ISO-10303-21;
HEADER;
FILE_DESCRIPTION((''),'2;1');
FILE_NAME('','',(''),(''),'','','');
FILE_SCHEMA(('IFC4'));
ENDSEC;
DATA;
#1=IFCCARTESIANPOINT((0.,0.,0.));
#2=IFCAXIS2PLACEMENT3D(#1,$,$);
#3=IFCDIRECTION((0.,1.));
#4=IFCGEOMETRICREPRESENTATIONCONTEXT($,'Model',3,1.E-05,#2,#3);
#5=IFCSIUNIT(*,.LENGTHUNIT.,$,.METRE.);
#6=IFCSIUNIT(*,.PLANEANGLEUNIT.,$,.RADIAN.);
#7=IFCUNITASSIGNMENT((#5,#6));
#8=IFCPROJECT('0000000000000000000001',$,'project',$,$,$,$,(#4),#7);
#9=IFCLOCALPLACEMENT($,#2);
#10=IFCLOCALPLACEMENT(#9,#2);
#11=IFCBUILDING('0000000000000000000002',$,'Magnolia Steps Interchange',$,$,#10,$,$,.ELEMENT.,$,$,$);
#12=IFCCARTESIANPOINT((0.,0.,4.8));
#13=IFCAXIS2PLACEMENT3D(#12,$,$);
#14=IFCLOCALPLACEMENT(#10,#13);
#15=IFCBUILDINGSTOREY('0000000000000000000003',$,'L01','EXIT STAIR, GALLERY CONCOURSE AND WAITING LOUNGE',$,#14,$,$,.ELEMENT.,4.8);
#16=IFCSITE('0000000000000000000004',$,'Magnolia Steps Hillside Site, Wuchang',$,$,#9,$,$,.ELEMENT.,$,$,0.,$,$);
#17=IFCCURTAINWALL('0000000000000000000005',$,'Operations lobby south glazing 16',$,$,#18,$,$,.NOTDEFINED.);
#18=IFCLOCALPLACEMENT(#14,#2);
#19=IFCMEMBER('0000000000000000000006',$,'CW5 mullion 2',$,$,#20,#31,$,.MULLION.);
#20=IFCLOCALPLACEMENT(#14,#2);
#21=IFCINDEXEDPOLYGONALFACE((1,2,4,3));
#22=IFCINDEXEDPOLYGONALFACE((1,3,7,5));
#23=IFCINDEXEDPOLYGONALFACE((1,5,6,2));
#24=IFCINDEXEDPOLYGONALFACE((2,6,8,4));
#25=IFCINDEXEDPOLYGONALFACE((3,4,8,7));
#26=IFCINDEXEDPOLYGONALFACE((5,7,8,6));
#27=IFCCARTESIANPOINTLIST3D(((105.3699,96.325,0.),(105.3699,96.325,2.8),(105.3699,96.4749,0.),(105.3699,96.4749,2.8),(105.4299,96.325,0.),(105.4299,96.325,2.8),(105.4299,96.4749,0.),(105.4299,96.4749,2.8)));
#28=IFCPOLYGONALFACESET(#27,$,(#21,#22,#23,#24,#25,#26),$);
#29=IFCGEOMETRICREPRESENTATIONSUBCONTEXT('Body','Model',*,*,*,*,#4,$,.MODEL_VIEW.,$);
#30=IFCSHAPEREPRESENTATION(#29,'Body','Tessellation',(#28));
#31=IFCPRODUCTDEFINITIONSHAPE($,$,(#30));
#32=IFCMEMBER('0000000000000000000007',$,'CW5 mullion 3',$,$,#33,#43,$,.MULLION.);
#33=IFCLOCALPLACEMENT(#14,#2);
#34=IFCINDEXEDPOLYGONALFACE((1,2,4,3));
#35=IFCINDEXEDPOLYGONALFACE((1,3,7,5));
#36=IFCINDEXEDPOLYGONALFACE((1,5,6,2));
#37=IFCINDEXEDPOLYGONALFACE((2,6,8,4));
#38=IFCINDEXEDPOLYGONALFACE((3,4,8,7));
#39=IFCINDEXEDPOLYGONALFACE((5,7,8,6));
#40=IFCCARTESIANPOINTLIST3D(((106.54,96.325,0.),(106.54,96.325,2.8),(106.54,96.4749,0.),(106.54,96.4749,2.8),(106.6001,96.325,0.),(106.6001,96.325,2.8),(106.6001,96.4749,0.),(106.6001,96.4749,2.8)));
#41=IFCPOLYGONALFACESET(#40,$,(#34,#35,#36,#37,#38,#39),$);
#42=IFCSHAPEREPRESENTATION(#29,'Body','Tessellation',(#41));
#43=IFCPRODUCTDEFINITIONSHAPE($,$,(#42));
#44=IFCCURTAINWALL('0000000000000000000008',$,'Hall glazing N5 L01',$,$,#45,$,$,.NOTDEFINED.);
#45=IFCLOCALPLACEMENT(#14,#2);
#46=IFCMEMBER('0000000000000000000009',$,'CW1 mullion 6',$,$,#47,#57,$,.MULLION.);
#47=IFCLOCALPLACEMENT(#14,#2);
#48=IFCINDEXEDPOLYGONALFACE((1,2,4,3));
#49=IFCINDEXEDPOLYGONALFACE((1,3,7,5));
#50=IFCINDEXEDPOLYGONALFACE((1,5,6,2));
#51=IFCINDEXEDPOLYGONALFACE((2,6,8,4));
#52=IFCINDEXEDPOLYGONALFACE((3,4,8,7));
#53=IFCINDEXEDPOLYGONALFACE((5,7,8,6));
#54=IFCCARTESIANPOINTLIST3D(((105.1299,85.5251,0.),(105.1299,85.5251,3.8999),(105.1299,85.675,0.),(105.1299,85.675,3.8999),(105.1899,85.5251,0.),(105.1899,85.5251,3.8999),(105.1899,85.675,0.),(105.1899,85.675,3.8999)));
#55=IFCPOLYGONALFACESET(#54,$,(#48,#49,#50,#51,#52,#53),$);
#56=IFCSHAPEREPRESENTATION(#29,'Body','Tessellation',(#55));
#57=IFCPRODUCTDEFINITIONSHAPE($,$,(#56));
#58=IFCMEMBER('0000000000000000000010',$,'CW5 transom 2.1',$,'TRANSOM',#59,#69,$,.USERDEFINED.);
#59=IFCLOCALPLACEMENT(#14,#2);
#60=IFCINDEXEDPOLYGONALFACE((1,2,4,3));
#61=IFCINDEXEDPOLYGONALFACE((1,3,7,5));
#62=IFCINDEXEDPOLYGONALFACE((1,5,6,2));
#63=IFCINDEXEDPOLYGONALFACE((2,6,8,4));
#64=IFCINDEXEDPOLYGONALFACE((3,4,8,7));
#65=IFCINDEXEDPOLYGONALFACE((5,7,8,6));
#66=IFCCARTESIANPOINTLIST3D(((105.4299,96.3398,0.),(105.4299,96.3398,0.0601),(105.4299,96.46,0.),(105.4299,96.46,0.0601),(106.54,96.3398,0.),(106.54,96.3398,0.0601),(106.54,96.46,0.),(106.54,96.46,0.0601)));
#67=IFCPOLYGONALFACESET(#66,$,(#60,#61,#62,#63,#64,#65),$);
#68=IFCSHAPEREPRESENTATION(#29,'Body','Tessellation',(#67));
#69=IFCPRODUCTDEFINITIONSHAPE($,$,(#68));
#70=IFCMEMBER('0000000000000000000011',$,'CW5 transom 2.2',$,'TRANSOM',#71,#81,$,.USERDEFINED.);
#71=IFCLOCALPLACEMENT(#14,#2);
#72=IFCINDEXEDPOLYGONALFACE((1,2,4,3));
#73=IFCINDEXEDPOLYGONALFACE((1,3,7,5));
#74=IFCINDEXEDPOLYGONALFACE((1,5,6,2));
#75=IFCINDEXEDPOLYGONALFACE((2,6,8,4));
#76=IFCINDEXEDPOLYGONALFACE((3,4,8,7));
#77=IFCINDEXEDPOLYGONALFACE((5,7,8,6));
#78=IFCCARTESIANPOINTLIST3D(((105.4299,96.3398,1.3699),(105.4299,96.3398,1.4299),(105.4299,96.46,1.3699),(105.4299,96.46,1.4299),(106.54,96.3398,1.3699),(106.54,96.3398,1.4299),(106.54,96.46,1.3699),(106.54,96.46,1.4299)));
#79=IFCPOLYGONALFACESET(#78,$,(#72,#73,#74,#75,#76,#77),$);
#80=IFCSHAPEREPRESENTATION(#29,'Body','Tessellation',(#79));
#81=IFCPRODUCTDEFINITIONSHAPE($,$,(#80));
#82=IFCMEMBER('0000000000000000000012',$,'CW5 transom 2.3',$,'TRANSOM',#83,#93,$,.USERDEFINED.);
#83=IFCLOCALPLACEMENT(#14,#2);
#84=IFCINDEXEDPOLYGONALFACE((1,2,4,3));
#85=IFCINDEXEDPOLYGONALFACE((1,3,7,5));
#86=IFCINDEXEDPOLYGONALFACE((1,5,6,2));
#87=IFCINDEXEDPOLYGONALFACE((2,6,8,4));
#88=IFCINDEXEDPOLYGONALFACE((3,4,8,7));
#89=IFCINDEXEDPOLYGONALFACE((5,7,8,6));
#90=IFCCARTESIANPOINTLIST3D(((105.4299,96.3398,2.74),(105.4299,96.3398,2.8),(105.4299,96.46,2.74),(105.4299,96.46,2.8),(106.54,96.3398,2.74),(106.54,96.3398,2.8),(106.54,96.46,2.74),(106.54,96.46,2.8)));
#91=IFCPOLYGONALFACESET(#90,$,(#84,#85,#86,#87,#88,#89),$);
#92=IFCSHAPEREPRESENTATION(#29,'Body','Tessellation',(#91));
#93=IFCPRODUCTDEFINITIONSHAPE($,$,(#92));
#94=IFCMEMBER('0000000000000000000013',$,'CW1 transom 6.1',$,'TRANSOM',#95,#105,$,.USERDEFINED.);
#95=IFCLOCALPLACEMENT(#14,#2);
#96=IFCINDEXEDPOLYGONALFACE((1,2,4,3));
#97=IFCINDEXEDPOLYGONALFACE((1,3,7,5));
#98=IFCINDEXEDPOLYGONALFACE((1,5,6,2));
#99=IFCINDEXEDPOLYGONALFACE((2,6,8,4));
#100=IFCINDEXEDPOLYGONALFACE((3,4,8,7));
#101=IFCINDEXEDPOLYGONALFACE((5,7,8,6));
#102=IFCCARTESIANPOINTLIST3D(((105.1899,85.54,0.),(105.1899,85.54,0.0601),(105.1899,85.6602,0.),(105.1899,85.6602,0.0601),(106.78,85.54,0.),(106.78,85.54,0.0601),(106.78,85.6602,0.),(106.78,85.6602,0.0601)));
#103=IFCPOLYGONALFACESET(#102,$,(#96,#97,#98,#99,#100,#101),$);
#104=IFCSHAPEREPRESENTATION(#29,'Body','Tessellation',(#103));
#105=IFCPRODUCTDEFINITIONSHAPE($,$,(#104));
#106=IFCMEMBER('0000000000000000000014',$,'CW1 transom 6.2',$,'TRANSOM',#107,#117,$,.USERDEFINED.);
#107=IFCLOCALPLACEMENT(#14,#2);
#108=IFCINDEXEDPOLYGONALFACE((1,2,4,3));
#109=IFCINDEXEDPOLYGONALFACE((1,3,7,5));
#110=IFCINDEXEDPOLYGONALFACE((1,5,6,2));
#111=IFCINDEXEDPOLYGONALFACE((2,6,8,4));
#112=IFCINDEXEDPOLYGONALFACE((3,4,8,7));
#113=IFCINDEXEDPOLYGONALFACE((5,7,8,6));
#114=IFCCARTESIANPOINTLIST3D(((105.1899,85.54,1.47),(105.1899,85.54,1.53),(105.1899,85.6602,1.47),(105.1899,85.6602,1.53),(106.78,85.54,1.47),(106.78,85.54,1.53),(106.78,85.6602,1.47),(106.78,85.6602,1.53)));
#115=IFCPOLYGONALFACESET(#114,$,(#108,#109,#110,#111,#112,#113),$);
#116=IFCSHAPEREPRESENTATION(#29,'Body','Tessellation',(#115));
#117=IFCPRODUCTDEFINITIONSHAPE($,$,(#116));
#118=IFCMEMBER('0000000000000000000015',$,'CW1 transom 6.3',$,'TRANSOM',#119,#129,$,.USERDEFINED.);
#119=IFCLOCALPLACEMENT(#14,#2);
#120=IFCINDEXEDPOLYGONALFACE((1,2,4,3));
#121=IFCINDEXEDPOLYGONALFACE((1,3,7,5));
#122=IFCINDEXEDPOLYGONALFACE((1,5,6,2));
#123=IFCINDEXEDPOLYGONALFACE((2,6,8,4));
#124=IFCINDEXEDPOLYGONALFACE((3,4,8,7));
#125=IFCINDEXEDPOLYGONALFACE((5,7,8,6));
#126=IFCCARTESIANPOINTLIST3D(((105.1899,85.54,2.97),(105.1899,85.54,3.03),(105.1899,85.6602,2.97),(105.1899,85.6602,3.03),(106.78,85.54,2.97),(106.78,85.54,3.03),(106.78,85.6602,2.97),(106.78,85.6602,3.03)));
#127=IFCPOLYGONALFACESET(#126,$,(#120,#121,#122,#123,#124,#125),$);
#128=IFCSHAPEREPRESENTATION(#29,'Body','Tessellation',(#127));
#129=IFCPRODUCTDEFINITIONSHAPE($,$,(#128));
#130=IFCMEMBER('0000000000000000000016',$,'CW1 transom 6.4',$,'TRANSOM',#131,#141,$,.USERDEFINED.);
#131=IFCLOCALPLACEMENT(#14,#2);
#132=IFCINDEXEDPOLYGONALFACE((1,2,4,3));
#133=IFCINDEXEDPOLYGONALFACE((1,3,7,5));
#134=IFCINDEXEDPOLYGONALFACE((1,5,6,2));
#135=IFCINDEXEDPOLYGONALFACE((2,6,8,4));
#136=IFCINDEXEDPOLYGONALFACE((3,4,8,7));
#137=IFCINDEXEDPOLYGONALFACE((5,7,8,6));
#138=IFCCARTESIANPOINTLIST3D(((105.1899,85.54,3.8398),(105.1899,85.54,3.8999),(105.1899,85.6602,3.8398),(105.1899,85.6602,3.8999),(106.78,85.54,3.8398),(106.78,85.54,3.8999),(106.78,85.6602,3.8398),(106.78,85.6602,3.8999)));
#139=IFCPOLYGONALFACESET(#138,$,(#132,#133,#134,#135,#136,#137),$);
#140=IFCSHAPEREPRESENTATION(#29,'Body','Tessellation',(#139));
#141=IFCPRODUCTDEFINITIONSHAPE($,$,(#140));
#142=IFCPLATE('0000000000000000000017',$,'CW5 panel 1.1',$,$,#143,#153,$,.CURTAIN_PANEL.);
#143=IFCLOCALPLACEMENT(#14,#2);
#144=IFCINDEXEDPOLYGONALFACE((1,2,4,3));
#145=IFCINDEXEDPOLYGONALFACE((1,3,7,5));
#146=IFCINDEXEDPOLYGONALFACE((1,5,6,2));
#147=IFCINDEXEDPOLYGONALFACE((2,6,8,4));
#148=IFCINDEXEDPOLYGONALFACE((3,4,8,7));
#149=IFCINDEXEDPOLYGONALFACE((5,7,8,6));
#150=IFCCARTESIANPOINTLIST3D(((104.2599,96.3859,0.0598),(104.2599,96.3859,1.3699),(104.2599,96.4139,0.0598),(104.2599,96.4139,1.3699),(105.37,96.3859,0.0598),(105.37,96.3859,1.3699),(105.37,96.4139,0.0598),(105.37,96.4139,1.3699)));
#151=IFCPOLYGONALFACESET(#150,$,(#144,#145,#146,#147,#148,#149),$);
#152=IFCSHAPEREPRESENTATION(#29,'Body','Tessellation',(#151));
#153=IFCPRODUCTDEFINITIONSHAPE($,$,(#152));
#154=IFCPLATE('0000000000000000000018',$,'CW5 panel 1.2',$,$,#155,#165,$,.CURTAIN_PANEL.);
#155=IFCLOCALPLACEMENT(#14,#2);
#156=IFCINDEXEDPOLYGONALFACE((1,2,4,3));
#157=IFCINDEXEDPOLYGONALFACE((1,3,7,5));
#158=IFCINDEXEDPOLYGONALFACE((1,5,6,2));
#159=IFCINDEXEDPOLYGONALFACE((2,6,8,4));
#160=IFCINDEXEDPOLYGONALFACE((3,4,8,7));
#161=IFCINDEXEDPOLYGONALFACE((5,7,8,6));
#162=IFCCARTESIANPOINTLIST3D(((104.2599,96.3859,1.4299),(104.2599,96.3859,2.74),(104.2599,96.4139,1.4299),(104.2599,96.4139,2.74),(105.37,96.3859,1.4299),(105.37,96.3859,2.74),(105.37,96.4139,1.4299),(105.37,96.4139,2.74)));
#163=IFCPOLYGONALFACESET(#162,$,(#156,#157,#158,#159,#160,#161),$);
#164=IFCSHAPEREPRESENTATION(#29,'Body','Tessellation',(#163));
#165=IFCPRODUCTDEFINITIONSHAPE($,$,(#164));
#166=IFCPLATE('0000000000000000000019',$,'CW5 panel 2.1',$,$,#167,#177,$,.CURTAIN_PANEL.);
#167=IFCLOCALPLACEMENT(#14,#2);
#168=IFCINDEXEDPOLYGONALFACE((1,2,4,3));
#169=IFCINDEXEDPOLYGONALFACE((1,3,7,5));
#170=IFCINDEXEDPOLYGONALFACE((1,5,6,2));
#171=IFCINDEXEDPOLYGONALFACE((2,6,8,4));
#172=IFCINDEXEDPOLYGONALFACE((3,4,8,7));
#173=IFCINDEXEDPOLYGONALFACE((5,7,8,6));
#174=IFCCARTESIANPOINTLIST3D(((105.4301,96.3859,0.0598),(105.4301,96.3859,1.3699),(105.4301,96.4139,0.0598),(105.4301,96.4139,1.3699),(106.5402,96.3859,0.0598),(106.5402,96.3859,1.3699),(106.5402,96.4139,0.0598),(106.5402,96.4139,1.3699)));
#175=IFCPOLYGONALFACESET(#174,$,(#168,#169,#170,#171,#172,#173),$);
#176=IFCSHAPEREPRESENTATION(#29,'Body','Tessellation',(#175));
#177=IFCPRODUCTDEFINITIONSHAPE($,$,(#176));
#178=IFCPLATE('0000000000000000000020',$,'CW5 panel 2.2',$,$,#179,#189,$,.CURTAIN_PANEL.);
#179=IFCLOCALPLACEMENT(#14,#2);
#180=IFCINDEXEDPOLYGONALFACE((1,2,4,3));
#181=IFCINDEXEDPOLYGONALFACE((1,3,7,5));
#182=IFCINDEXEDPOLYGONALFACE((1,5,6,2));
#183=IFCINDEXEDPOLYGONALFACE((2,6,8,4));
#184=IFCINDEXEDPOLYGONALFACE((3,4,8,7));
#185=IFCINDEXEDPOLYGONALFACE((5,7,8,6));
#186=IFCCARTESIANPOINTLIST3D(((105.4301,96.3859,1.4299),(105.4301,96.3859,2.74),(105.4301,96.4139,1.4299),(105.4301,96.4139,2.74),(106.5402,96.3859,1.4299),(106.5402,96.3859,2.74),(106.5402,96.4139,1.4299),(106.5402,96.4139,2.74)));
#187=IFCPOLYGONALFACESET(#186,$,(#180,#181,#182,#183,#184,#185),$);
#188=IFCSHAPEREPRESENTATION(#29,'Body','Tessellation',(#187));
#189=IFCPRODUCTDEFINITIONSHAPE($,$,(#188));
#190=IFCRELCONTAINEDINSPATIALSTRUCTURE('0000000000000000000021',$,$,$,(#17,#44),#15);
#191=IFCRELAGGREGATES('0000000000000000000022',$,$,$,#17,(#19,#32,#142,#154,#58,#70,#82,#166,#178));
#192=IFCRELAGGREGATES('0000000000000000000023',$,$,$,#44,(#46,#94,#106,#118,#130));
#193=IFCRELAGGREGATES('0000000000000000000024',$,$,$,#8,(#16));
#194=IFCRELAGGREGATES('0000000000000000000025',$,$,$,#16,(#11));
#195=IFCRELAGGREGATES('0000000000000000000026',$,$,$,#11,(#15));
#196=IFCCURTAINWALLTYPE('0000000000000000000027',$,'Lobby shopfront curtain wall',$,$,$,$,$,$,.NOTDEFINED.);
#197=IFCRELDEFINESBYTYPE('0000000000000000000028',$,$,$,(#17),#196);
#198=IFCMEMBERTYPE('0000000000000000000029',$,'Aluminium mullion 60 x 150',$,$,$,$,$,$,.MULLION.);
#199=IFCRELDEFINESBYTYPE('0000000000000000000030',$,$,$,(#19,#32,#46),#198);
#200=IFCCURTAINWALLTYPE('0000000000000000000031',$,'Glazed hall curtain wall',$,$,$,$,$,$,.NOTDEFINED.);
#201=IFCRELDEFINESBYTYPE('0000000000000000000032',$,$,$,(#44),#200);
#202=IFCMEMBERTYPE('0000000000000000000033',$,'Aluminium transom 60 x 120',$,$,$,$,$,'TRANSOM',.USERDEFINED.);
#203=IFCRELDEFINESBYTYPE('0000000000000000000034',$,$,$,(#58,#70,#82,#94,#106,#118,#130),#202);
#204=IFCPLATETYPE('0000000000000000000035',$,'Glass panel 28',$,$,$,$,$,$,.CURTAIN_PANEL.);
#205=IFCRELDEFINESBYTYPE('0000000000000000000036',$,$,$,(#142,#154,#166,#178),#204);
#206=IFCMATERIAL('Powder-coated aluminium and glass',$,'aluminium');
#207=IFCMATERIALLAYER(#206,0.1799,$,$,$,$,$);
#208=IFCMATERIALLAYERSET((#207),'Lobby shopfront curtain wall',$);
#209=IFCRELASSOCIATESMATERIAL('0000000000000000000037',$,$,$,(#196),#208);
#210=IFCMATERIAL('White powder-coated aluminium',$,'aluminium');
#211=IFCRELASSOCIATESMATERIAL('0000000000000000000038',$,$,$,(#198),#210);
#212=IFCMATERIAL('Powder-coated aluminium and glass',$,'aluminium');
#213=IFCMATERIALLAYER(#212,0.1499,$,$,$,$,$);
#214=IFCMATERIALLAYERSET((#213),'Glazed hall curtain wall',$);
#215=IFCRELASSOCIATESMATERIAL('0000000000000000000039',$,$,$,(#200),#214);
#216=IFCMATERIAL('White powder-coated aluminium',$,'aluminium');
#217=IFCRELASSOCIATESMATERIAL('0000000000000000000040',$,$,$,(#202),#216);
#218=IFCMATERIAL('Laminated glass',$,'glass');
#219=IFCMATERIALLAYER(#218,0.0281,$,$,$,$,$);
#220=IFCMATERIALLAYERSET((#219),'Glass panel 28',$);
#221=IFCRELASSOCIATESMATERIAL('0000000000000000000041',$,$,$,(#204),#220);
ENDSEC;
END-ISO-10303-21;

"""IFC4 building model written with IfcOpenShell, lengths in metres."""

from ifc_helpers import new_model, si_unit, direction, frame, origin, origin_2d, place, context, subcontext, project, spatial, rectangle, extrude, material, layer, layer_set, material_profile, profile_set, type_object, element, aggregate, save


model = new_model("IFC4")

# Units and contexts
model_context = context("Model", 3, precision=1e-05, world=origin(), true_north=direction((0.0, 1.0)))
body_context = subcontext(model_context, "Body", "Model", "MODEL_VIEW")
ifc_project = project(units=[si_unit("LENGTHUNIT", "METRE"), si_unit("PLANEANGLEUNIT", "RADIAN")], contexts=[model_context])

# Site, building, storey
site_placement = place(None, origin())
site = spatial("IfcSite", under=ifc_project, at=site_placement, Name="Magnolia Steps Hillside Site, Wuchang", CompositionType="ELEMENT", RefElevation=0.0)
building_placement = place(site_placement, origin())
building = spatial("IfcBuilding", under=site, at=building_placement, Name="Magnolia Steps Interchange", CompositionType="ELEMENT")
storey_placement = place(building_placement, frame((0.0, 0.0, 4.8)))
storey = spatial("IfcBuildingStorey", under=building, at=storey_placement, Name="L01", Description="EXIT STAIR, GALLERY CONCOURSE AND WAITING LOUNGE", CompositionType="ELEMENT", Elevation=4.8)

# Curtain wall, members
ifc_material_1 = material(Name="Powder-coated aluminium and glass", Category="aluminium")
ifc_layer_1 = layer(ifc_material_1, 0.1799)
ifc_layer_set_1 = layer_set([ifc_layer_1], Name="Lobby shopfront curtain wall")
curtain_wall_type_1 = type_object("IfcCurtainWallType", Name="Lobby shopfront curtain wall", PredefinedType="NOTDEFINED", material=ifc_layer_set_1)
curtain_wall_1_placement = place(storey_placement, origin())
curtain_wall_1 = element("IfcCurtainWall", 1, at=curtain_wall_1_placement, inside=storey, type_object=curtain_wall_type_1, Name="Operations lobby south glazing 16", PredefinedType="NOTDEFINED")
ifc_material_2 = material(Name="White powder-coated aluminium", Category="aluminium")
ifc_material_profile_1 = material_profile(ifc_material_2, rectangle(XDim=0.0601, YDim=0.1499, at=origin_2d()), Name="Aluminium mullion 60 x 150")
ifc_profile_set_1 = profile_set([ifc_material_profile_1], Name="White powder-coated aluminium")
member_type_1 = type_object("IfcMemberType", Name="Aluminium mullion 60 x 150", PredefinedType="MULLION", material=ifc_profile_set_1)
member_1_placement = place(storey_placement, frame((105.3999, 96.3999, 0.0), z_axis=(0.0, 0.0, 1.0), x_axis=(1.0, 0.0, 0.0)))
member_1 = element("IfcMember", 2, at=member_1_placement, type_object=member_type_1, Name="CW5 mullion 2", PredefinedType="MULLION", context=body_context, shape_type="SweptSolid", body=[
    extrude(rectangle(XDim=0.0601, YDim=0.1499, at=origin_2d()), origin(), (0.0, 0.0, 1.0), 2.8),
])
member_2_placement = place(storey_placement, frame((106.5701, 96.3999, 0.0), z_axis=(0.0, 0.0, 1.0), x_axis=(1.0, 0.0, 0.0)))
member_2 = element("IfcMember", 3, at=member_2_placement, type_object=member_type_1, Name="CW5 mullion 3", PredefinedType="MULLION", context=body_context, shape_type="SweptSolid", body=[
    extrude(rectangle(XDim=0.0601, YDim=0.1499, at=origin_2d()), origin(), (0.0, 0.0, 1.0), 2.8),
])

# Curtain wall, member
ifc_material_3 = material(Name="Powder-coated aluminium and glass", Category="aluminium")
ifc_layer_2 = layer(ifc_material_3, 0.1499)
ifc_layer_set_2 = layer_set([ifc_layer_2], Name="Glazed hall curtain wall")
curtain_wall_type_2 = type_object("IfcCurtainWallType", Name="Glazed hall curtain wall", PredefinedType="NOTDEFINED", material=ifc_layer_set_2)
curtain_wall_2_placement = place(storey_placement, origin())
curtain_wall_2 = element("IfcCurtainWall", 4, at=curtain_wall_2_placement, inside=storey, type_object=curtain_wall_type_2, Name="Hall glazing N5 L01", PredefinedType="NOTDEFINED")
member_3_placement = place(storey_placement, frame((105.1599, 85.6001, 0.0), z_axis=(0.0, 0.0, 1.0), x_axis=(1.0, 0.0, 0.0)))
member_3 = element("IfcMember", 5, at=member_3_placement, type_object=member_type_1, Name="CW1 mullion 6", PredefinedType="MULLION", context=body_context, shape_type="SweptSolid", body=[
    extrude(rectangle(XDim=0.0601, YDim=0.1499, at=origin_2d()), origin(), (0.0, 0.0, 1.0), 3.8999),
])

# Members
ifc_material_4 = material(Name="White powder-coated aluminium", Category="aluminium")
ifc_material_profile_2 = material_profile(ifc_material_4, rectangle(XDim=0.0601, YDim=0.1201, at=origin_2d()), Name="Aluminium transom 60 x 120")
ifc_profile_set_2 = profile_set([ifc_material_profile_2], Name="White powder-coated aluminium")
member_type_2 = type_object("IfcMemberType", Name="Aluminium transom 60 x 120", ElementType="TRANSOM", PredefinedType="USERDEFINED", material=ifc_profile_set_2)
member_4_placement = place(storey_placement, frame((105.4299, 96.3999, 0.03), z_axis=(1.0, 0.0, 0.0), x_axis=(0.0, 0.0, 1.0)))
member_4 = element("IfcMember", 6, at=member_4_placement, type_object=member_type_2, Name="CW5 transom 2.1", ObjectType="TRANSOM", PredefinedType="USERDEFINED", context=body_context, shape_type="SweptSolid", body=[
    extrude(rectangle(XDim=0.0601, YDim=0.1201, at=origin_2d()), origin(), (0.0, 0.0, 1.0), 1.1101),
])
member_5_placement = place(storey_placement, frame((105.4299, 96.3999, 1.3999), z_axis=(1.0, 0.0, 0.0), x_axis=(0.0, 0.0, 1.0)))
member_5 = element("IfcMember", 7, at=member_5_placement, type_object=member_type_2, Name="CW5 transom 2.2", ObjectType="TRANSOM", PredefinedType="USERDEFINED", context=body_context, shape_type="SweptSolid", body=[
    extrude(rectangle(XDim=0.0601, YDim=0.1201, at=origin_2d()), origin(), (0.0, 0.0, 1.0), 1.1101),
])
member_6_placement = place(storey_placement, frame((105.4299, 96.3999, 2.77), z_axis=(1.0, 0.0, 0.0), x_axis=(0.0, 0.0, 1.0)))
member_6 = element("IfcMember", 8, at=member_6_placement, type_object=member_type_2, Name="CW5 transom 2.3", ObjectType="TRANSOM", PredefinedType="USERDEFINED", context=body_context, shape_type="SweptSolid", body=[
    extrude(rectangle(XDim=0.0601, YDim=0.1201, at=origin_2d()), origin(), (0.0, 0.0, 1.0), 1.1101),
])
member_7_placement = place(storey_placement, frame((105.1899, 85.6001, 0.03), z_axis=(1.0, 0.0, 0.0), x_axis=(0.0, 0.0, 1.0)))
member_7 = element("IfcMember", 9, at=member_7_placement, type_object=member_type_2, Name="CW1 transom 6.1", ObjectType="TRANSOM", PredefinedType="USERDEFINED", context=body_context, shape_type="SweptSolid", body=[
    extrude(rectangle(XDim=0.0601, YDim=0.1201, at=origin_2d()), origin(), (0.0, 0.0, 1.0), 1.5901),
])
member_8_placement = place(storey_placement, frame((105.1899, 85.6001, 1.5), z_axis=(1.0, 0.0, 0.0), x_axis=(0.0, 0.0, 1.0)))
member_8 = element("IfcMember", 10, at=member_8_placement, type_object=member_type_2, Name="CW1 transom 6.2", ObjectType="TRANSOM", PredefinedType="USERDEFINED", context=body_context, shape_type="SweptSolid", body=[
    extrude(rectangle(XDim=0.0601, YDim=0.1201, at=origin_2d()), origin(), (0.0, 0.0, 1.0), 1.5901),
])
member_9_placement = place(storey_placement, frame((105.1899, 85.6001, 3.0), z_axis=(1.0, 0.0, 0.0), x_axis=(0.0, 0.0, 1.0)))
member_9 = element("IfcMember", 11, at=member_9_placement, type_object=member_type_2, Name="CW1 transom 6.3", ObjectType="TRANSOM", PredefinedType="USERDEFINED", context=body_context, shape_type="SweptSolid", body=[
    extrude(rectangle(XDim=0.0601, YDim=0.1201, at=origin_2d()), origin(), (0.0, 0.0, 1.0), 1.5901),
])
member_10_placement = place(storey_placement, frame((105.1899, 85.6001, 3.8699), z_axis=(1.0, 0.0, 0.0), x_axis=(0.0, 0.0, 1.0)))
member_10 = element("IfcMember", 12, at=member_10_placement, type_object=member_type_2, Name="CW1 transom 6.4", ObjectType="TRANSOM", PredefinedType="USERDEFINED", context=body_context, shape_type="SweptSolid", body=[
    extrude(rectangle(XDim=0.0601, YDim=0.1201, at=origin_2d()), origin(), (0.0, 0.0, 1.0), 1.5901),
])

# Plates
ifc_material_5 = material(Name="Laminated glass", Category="glass")
ifc_layer_3 = layer(ifc_material_5, 0.0281)
ifc_layer_set_3 = layer_set([ifc_layer_3], Name="Glass panel 28")
plate_type = type_object("IfcPlateType", Name="Glass panel 28", PredefinedType="CURTAIN_PANEL", material=ifc_layer_set_3)
plate_1_placement = place(storey_placement, frame((104.8149, 96.3999, 0.0598), z_axis=(0.0, 0.0, 1.0), x_axis=(1.0, 0.0, 0.0)))
plate_1 = element("IfcPlate", 13, at=plate_1_placement, type_object=plate_type, Name="CW5 panel 1.1", PredefinedType="CURTAIN_PANEL", context=body_context, shape_type="SweptSolid", body=[
    extrude(rectangle(XDim=1.1101, YDim=0.0281, at=origin_2d()), origin(), (0.0, 0.0, 1.0), 1.3101),
])
plate_2_placement = place(storey_placement, frame((104.8149, 96.3999, 1.4299), z_axis=(0.0, 0.0, 1.0), x_axis=(1.0, 0.0, 0.0)))
plate_2 = element("IfcPlate", 14, at=plate_2_placement, type_object=plate_type, Name="CW5 panel 1.2", PredefinedType="CURTAIN_PANEL", context=body_context, shape_type="SweptSolid", body=[
    extrude(rectangle(XDim=1.1101, YDim=0.0281, at=origin_2d()), origin(), (0.0, 0.0, 1.0), 1.3101),
])
plate_3_placement = place(storey_placement, frame((105.9851, 96.3999, 0.0598), z_axis=(0.0, 0.0, 1.0), x_axis=(1.0, 0.0, 0.0)))
plate_3 = element("IfcPlate", 15, at=plate_3_placement, type_object=plate_type, Name="CW5 panel 2.1", PredefinedType="CURTAIN_PANEL", context=body_context, shape_type="SweptSolid", body=[
    extrude(rectangle(XDim=1.1101, YDim=0.0281, at=origin_2d()), origin(), (0.0, 0.0, 1.0), 1.3101),
])
plate_4_placement = place(storey_placement, frame((105.9851, 96.3999, 1.4299), z_axis=(0.0, 0.0, 1.0), x_axis=(1.0, 0.0, 0.0)))
plate_4 = element("IfcPlate", 16, at=plate_4_placement, type_object=plate_type, Name="CW5 panel 2.2", PredefinedType="CURTAIN_PANEL", context=body_context, shape_type="SweptSolid", body=[
    extrude(rectangle(XDim=1.1101, YDim=0.0281, at=origin_2d()), origin(), (0.0, 0.0, 1.0), 1.3101),
])
aggregate(curtain_wall_1, [member_1, member_2, plate_1, plate_2, member_4, member_5, member_6, plate_3, plate_4])
aggregate(curtain_wall_2, [member_3, member_7, member_8, member_9, member_10])

save(model, "model.ifc")
